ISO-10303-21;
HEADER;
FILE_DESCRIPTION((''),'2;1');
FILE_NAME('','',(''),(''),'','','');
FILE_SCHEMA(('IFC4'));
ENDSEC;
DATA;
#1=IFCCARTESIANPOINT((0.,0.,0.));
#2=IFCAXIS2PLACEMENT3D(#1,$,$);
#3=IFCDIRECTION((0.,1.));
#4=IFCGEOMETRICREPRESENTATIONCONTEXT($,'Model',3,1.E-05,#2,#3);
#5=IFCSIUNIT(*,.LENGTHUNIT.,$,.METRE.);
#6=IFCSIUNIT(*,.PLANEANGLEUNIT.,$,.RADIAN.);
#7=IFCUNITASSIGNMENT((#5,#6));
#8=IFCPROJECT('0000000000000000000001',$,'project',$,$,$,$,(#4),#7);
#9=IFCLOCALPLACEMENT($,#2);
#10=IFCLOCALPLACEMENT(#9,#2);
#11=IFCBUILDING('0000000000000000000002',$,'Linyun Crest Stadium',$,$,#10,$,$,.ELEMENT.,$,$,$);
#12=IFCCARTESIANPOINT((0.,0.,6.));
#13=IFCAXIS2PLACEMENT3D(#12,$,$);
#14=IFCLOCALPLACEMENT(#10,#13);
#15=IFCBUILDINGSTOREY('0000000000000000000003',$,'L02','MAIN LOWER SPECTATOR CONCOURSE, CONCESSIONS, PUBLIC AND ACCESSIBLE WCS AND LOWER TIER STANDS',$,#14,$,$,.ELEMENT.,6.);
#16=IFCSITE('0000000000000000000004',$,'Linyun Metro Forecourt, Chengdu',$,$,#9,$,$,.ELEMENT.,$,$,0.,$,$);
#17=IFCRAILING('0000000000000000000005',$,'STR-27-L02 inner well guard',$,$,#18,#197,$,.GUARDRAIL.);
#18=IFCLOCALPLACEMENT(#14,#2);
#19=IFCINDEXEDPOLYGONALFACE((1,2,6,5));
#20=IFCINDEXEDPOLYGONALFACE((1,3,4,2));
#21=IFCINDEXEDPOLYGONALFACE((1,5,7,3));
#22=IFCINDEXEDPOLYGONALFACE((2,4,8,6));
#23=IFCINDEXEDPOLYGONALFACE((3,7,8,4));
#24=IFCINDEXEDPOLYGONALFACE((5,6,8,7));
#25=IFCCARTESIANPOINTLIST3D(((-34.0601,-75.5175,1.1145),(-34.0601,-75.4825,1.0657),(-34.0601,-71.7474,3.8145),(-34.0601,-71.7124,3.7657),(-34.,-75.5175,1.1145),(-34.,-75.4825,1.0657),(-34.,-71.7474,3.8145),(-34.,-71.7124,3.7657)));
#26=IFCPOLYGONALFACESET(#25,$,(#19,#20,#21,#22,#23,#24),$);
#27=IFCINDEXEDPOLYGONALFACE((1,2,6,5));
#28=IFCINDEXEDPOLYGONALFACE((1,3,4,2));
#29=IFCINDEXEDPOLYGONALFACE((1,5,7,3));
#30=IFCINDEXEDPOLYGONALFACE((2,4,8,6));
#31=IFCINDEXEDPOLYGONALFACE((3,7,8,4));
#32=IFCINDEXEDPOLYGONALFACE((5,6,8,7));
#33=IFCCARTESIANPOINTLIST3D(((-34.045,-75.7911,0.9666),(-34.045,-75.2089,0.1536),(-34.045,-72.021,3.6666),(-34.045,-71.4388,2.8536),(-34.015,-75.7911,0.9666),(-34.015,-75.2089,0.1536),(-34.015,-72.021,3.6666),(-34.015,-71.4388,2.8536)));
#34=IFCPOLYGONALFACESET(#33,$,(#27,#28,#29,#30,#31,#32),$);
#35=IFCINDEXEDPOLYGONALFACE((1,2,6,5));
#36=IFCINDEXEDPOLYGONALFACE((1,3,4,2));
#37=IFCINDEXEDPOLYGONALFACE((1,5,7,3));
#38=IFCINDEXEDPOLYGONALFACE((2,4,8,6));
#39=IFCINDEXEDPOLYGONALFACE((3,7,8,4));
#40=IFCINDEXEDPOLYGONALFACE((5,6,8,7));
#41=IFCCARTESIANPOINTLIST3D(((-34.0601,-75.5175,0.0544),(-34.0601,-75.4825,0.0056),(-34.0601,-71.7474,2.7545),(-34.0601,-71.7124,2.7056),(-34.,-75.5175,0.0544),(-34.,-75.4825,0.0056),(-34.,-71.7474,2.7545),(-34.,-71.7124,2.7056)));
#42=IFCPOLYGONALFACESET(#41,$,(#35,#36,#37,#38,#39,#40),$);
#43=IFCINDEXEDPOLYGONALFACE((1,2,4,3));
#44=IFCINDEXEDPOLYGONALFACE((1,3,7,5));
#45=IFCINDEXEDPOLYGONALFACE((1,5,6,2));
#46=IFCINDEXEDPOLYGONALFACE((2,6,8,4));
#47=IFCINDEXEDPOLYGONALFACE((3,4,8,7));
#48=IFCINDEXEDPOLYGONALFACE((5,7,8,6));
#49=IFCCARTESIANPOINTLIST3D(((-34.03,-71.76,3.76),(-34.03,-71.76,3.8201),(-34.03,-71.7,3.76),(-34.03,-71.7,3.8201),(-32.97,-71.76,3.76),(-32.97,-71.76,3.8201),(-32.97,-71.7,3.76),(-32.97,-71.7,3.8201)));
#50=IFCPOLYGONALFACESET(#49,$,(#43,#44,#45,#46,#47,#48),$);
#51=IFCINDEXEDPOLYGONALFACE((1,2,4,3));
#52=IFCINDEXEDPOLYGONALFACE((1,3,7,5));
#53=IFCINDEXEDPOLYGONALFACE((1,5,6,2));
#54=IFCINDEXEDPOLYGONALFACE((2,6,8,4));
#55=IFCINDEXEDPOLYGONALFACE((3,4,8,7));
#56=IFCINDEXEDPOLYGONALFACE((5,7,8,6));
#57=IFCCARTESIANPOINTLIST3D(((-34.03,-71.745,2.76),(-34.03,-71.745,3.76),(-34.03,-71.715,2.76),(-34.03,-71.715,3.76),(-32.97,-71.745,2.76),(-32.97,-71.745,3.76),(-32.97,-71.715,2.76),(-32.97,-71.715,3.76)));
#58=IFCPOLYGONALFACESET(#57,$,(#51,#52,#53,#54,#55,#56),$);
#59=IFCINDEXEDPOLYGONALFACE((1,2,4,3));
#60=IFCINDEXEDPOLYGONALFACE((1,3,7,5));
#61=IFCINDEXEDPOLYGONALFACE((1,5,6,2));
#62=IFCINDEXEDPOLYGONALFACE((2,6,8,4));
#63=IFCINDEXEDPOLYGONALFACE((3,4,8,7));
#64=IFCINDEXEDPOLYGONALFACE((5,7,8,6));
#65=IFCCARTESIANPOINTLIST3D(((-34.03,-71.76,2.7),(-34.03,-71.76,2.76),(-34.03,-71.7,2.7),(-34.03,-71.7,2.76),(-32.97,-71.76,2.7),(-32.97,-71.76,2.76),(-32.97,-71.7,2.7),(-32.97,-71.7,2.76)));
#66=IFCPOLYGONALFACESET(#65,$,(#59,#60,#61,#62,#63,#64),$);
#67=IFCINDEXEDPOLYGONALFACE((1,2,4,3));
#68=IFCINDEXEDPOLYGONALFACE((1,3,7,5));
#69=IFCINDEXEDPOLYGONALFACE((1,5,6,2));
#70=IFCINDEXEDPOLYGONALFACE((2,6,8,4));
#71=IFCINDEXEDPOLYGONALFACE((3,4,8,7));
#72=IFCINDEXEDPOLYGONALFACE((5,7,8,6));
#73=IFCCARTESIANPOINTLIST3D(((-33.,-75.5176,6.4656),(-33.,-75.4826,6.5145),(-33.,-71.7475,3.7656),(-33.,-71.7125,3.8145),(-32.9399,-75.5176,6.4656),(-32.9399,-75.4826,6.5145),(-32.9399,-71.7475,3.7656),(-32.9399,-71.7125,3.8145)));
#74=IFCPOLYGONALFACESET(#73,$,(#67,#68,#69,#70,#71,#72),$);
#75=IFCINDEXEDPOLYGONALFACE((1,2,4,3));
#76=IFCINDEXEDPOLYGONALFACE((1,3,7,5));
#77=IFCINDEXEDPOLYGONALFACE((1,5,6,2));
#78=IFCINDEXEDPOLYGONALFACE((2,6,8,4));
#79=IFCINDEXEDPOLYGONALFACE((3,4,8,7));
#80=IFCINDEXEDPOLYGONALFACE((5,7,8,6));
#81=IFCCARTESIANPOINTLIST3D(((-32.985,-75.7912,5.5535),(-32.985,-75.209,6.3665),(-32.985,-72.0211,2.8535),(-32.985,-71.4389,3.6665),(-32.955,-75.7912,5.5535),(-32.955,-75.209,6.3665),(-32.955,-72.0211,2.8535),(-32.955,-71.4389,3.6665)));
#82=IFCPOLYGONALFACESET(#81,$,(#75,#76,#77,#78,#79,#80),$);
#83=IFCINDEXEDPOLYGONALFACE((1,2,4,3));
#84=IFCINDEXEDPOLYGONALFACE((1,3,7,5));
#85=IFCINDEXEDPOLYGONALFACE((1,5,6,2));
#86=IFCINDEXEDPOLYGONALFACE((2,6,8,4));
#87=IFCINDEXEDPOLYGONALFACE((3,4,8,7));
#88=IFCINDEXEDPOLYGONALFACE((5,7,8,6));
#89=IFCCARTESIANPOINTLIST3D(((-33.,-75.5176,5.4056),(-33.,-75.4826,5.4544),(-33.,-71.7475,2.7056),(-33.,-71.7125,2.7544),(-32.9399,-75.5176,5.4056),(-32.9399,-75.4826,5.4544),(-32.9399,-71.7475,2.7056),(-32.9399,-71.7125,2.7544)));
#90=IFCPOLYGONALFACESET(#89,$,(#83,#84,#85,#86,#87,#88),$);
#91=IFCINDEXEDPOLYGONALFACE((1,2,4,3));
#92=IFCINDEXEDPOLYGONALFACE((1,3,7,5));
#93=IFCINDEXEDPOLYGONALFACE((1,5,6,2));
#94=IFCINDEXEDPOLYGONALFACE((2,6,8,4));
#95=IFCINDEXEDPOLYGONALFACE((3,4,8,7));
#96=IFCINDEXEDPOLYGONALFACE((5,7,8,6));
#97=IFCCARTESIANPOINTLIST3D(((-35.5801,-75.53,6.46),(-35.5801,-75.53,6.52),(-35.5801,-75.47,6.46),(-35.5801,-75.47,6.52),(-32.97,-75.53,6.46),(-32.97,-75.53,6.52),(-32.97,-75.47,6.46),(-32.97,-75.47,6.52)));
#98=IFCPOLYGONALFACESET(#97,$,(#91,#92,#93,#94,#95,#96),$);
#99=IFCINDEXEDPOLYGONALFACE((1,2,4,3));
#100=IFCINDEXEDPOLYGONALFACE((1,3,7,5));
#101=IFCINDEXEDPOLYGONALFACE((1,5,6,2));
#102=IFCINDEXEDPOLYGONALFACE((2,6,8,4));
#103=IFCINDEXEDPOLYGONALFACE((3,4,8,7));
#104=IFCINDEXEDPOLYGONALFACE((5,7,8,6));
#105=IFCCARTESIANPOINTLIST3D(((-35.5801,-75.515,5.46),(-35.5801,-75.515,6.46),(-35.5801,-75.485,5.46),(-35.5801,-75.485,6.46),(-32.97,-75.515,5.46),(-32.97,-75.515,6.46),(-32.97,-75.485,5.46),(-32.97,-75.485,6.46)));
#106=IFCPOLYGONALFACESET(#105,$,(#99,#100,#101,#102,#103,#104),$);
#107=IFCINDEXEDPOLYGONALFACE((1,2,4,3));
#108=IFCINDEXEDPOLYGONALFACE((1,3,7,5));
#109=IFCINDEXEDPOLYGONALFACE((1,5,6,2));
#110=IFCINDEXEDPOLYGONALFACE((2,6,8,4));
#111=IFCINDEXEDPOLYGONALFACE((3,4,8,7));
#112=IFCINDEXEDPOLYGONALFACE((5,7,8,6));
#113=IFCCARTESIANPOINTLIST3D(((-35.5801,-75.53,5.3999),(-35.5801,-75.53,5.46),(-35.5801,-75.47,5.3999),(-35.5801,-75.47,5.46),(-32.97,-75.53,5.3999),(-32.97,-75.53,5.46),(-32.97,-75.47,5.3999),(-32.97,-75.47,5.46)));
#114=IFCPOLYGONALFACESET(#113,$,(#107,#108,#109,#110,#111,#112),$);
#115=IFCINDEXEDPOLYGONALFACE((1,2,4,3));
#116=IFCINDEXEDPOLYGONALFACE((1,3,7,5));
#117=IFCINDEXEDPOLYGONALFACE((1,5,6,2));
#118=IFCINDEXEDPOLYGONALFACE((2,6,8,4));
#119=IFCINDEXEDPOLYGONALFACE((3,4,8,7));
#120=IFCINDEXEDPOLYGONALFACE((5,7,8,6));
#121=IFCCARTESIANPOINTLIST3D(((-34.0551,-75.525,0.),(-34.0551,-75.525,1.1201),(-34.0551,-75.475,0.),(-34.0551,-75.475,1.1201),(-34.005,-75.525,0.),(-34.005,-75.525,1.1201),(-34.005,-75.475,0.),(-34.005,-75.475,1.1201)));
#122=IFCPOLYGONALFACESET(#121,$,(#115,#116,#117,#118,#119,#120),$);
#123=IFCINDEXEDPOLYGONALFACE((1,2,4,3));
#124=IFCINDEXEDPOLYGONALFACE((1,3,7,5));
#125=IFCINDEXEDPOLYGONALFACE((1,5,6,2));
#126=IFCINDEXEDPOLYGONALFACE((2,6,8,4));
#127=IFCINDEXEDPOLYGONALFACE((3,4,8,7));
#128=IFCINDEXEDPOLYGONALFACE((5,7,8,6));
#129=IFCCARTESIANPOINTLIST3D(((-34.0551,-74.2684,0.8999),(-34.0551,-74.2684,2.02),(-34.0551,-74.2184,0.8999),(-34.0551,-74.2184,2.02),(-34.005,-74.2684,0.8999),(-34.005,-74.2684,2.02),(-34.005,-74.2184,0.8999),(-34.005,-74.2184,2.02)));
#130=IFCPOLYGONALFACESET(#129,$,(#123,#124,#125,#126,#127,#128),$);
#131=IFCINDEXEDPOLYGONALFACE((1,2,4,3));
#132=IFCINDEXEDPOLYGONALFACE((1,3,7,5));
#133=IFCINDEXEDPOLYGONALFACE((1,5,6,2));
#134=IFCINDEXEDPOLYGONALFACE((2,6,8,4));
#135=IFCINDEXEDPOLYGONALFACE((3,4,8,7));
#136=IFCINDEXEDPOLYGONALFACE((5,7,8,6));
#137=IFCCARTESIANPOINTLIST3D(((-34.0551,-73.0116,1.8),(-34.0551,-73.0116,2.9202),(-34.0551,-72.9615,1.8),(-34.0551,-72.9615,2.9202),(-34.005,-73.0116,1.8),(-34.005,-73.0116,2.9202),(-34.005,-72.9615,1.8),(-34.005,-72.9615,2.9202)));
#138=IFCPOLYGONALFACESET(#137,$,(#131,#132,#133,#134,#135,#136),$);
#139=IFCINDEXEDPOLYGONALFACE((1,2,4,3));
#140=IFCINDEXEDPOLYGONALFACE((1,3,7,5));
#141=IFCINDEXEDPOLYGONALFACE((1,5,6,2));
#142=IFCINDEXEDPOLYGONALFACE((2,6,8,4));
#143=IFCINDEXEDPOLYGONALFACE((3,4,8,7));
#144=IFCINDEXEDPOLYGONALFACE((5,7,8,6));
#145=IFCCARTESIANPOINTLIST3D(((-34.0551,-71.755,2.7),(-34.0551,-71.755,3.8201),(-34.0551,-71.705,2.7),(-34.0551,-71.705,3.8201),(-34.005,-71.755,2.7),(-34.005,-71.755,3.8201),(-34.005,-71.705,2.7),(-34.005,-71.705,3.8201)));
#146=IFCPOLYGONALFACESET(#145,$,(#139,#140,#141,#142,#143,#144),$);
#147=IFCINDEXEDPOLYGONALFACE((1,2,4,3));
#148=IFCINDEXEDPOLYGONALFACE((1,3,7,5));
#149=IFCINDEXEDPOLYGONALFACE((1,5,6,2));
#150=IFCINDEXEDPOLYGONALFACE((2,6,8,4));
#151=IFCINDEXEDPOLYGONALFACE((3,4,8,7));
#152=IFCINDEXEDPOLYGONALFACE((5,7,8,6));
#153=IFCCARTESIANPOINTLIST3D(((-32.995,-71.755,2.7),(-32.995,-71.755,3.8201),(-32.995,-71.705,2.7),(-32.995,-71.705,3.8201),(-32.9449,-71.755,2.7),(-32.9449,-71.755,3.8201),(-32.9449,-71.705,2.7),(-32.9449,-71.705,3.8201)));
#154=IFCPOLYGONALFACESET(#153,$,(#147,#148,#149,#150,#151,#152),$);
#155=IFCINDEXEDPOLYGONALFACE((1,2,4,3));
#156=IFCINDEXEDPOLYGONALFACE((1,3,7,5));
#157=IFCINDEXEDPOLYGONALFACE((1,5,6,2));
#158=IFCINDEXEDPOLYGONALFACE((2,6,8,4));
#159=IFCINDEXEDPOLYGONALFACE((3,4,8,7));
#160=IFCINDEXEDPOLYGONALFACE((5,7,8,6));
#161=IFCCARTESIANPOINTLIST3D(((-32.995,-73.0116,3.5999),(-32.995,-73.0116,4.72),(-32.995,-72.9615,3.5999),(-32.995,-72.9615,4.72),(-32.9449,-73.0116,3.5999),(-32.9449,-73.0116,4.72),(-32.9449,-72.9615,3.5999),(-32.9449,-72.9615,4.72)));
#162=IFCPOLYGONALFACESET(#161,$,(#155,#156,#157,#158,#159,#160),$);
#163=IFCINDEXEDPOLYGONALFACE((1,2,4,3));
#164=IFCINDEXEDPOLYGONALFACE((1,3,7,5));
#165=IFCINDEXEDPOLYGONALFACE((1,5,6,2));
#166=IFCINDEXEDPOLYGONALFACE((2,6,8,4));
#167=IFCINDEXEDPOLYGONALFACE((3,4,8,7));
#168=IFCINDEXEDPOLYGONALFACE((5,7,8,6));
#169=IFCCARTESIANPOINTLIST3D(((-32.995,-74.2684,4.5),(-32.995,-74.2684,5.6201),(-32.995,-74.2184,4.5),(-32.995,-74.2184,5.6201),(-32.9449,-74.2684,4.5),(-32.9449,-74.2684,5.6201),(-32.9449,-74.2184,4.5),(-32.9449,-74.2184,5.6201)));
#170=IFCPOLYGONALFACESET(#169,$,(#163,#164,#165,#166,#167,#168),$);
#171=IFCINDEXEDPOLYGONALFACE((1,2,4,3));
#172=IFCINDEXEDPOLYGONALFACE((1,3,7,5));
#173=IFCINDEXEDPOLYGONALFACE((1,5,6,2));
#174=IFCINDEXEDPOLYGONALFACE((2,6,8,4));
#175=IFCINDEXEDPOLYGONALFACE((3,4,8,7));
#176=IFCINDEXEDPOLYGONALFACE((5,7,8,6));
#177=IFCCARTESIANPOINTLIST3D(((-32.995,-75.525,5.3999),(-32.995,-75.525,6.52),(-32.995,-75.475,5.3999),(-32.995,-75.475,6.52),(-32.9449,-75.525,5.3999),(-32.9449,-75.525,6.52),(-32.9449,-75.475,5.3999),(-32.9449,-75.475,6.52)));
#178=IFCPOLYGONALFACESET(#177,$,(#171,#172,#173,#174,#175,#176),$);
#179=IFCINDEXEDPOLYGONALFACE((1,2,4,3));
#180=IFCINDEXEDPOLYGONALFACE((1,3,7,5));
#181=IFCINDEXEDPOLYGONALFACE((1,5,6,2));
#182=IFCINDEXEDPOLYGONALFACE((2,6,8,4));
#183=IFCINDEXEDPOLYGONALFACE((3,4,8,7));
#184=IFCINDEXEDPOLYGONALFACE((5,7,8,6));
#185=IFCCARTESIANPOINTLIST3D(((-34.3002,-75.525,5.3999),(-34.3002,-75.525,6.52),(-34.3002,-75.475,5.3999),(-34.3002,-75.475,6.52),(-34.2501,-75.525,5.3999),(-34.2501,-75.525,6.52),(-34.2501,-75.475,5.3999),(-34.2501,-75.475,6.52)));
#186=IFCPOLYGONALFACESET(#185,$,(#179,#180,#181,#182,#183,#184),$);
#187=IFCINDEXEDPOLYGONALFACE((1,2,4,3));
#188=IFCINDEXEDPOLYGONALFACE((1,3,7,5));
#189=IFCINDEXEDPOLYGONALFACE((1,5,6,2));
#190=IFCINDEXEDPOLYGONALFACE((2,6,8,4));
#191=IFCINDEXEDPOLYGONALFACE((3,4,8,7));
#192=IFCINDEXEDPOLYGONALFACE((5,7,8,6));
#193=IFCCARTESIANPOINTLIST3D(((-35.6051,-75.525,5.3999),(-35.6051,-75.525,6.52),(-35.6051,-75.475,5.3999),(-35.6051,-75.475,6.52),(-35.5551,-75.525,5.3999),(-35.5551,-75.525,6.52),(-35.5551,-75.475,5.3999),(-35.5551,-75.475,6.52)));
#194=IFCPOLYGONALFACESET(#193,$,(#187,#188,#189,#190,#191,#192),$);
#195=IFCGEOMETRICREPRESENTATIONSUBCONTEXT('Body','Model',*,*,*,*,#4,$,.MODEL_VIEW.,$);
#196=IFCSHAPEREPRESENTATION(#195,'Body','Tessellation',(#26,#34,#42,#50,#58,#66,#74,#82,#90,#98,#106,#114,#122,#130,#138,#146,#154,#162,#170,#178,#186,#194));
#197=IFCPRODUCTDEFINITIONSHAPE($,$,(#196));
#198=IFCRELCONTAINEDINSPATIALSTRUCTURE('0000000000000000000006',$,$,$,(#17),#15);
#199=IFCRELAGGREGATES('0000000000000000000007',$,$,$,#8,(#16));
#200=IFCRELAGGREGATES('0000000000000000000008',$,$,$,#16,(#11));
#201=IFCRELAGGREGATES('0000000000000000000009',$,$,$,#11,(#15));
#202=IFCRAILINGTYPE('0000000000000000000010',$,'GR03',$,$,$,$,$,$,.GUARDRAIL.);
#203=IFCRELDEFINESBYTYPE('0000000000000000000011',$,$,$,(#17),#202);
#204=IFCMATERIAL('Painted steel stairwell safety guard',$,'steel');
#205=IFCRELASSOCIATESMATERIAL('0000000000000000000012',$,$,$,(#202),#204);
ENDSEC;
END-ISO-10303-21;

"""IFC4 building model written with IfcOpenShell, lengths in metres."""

from ifc_helpers import new_model, si_unit, direction, frame, origin, origin_2d, place, context, subcontext, project, spatial, rectangle, extrude, material, type_object, element, save


model = new_model("IFC4")

# Units and contexts
model_context = context("Model", 3, precision=1e-05, world=origin(), true_north=direction((0.0, 1.0)))
body_context = subcontext(model_context, "Body", "Model", "MODEL_VIEW")
ifc_project = project(units=[si_unit("LENGTHUNIT", "METRE"), si_unit("PLANEANGLEUNIT", "RADIAN")], contexts=[model_context])

# Site, building, storey
site_placement = place(None, origin())
site = spatial("IfcSite", under=ifc_project, at=site_placement, Name="Linyun Metro Forecourt, Chengdu", CompositionType="ELEMENT", RefElevation=0.0)
building_placement = place(site_placement, origin())
building = spatial("IfcBuilding", under=site, at=building_placement, Name="Linyun Crest Stadium", CompositionType="ELEMENT")
storey_placement = place(building_placement, frame((0.0, 0.0, 6.0)))
storey = spatial("IfcBuildingStorey", under=building, at=storey_placement, Name="L02", Description="MAIN LOWER SPECTATOR CONCOURSE, CONCESSIONS, PUBLIC AND ACCESSIBLE WCS AND LOWER TIER STANDS", CompositionType="ELEMENT", Elevation=6.0)

# Railing
ifc_material_1 = material(Name="Painted steel stairwell safety guard", Category="steel")
railing_type_1 = type_object("IfcRailingType", Name="GR03", PredefinedType="GUARDRAIL", material=ifc_material_1)
railing_1_placement = place(storey_placement, frame((-34.03, -75.5, 0.0)))
element("IfcRailing", 1, at=railing_1_placement, inside=storey, type_object=railing_type_1, Name="STR-27-L02 inner well guard", PredefinedType="GUARDRAIL", context=body_context, shape_type="SweptSolid", body=[
    extrude(rectangle(XDim=0.0601, YDim=0.0601, at=origin_2d()), frame((0.0, 0.0, 1.0901), z_axis=(0.0, 0.813011, 0.582249), x_axis=(-1.0, 0.0, 0.0)), (0.0, 0.0, 1.0), 4.6372),
    extrude(rectangle(XDim=0.03, YDim=1.0, at=origin_2d()), frame((0.0, 0.0, 0.5601), z_axis=(0.0, 0.813011, 0.582249), x_axis=(-1.0, 0.0, 0.0)), (0.0, 0.0, 1.0), 4.6372),
    extrude(rectangle(XDim=0.0601, YDim=0.0601, at=origin_2d()), frame((0.0, 0.0, 0.03), z_axis=(0.0, 0.813011, 0.582249), x_axis=(-1.0, 0.0, 0.0)), (0.0, 0.0, 1.0), 4.6372),
    extrude(rectangle(XDim=0.0601, YDim=0.0601, at=origin_2d()), frame((0.0, 3.77, 3.79), z_axis=(1.0, 0.0, 0.0), x_axis=(0.0, 1.0, 0.0)), (0.0, 0.0, 1.0), 1.0601),
    extrude(rectangle(XDim=0.03, YDim=1.0, at=origin_2d()), frame((0.0, 3.77, 3.26), z_axis=(1.0, 0.0, 0.0), x_axis=(0.0, 1.0, 0.0)), (0.0, 0.0, 1.0), 1.0601),
    extrude(rectangle(XDim=0.0601, YDim=0.0601, at=origin_2d()), frame((0.0, 3.77, 2.73), z_axis=(1.0, 0.0, 0.0), x_axis=(0.0, 1.0, 0.0)), (0.0, 0.0, 1.0), 1.0601),
    extrude(rectangle(XDim=0.0601, YDim=0.0601, at=origin_2d()), frame((1.0601, 3.77, 3.79), z_axis=(0.0, -0.813011, 0.582249), x_axis=(1.0, 0.0, 0.0)), (0.0, 0.0, 1.0), 4.6372),
    extrude(rectangle(XDim=0.03, YDim=1.0, at=origin_2d()), frame((1.0601, 3.77, 3.26), z_axis=(0.0, -0.813011, 0.582249), x_axis=(1.0, 0.0, 0.0)), (0.0, 0.0, 1.0), 4.6372),
    extrude(rectangle(XDim=0.0601, YDim=0.0601, at=origin_2d()), frame((1.0601, 3.77, 2.73), z_axis=(0.0, -0.813011, 0.582249), x_axis=(1.0, 0.0, 0.0)), (0.0, 0.0, 1.0), 4.6372),
    extrude(rectangle(XDim=0.0601, YDim=0.0601, at=origin_2d()), frame((1.0601, 0.0, 6.49), z_axis=(-1.0, 0.0, 0.0), x_axis=(0.0, -1.0, 0.0)), (0.0, 0.0, 1.0), 2.6101),
    extrude(rectangle(XDim=0.03, YDim=1.0, at=origin_2d()), frame((1.0601, 0.0, 5.96), z_axis=(-1.0, 0.0, 0.0), x_axis=(0.0, -1.0, 0.0)), (0.0, 0.0, 1.0), 2.6101),
    extrude(rectangle(XDim=0.0601, YDim=0.0601, at=origin_2d()), frame((1.0601, 0.0, 5.4299), z_axis=(-1.0, 0.0, 0.0), x_axis=(0.0, -1.0, 0.0)), (0.0, 0.0, 1.0), 2.6101),
    extrude(rectangle(XDim=0.05, YDim=0.05, at=origin_2d()), origin(), (0.0, 0.0, 1.0), 1.1201),
    extrude(rectangle(XDim=0.05, YDim=0.05, at=origin_2d()), frame((0.0, 1.2566, 0.8999)), (0.0, 0.0, 1.0), 1.1201),
    extrude(rectangle(XDim=0.05, YDim=0.05, at=origin_2d()), frame((0.0, 2.5134, 1.8)), (0.0, 0.0, 1.0), 1.1201),
    extrude(rectangle(XDim=0.05, YDim=0.05, at=origin_2d()), frame((0.0, 3.77, 2.7)), (0.0, 0.0, 1.0), 1.1201),
    extrude(rectangle(XDim=0.05, YDim=0.05, at=origin_2d()), frame((1.0601, 3.77, 2.7)), (0.0, 0.0, 1.0), 1.1201),
    extrude(rectangle(XDim=0.05, YDim=0.05, at=origin_2d()), frame((1.0601, 2.5134, 3.5999)), (0.0, 0.0, 1.0), 1.1201),
    extrude(rectangle(XDim=0.05, YDim=0.05, at=origin_2d()), frame((1.0601, 1.2566, 4.5)), (0.0, 0.0, 1.0), 1.1201),
    extrude(rectangle(XDim=0.05, YDim=0.05, at=origin_2d()), frame((1.0601, 0.0, 5.3999)), (0.0, 0.0, 1.0), 1.1201),
    extrude(rectangle(XDim=0.05, YDim=0.05, at=origin_2d()), frame((-0.2451, 0.0, 5.3999)), (0.0, 0.0, 1.0), 1.1201),
    extrude(rectangle(XDim=0.05, YDim=0.05, at=origin_2d()), frame((-1.55, 0.0, 5.3999)), (0.0, 0.0, 1.0), 1.1201),
])

save(model, "model.ifc")
